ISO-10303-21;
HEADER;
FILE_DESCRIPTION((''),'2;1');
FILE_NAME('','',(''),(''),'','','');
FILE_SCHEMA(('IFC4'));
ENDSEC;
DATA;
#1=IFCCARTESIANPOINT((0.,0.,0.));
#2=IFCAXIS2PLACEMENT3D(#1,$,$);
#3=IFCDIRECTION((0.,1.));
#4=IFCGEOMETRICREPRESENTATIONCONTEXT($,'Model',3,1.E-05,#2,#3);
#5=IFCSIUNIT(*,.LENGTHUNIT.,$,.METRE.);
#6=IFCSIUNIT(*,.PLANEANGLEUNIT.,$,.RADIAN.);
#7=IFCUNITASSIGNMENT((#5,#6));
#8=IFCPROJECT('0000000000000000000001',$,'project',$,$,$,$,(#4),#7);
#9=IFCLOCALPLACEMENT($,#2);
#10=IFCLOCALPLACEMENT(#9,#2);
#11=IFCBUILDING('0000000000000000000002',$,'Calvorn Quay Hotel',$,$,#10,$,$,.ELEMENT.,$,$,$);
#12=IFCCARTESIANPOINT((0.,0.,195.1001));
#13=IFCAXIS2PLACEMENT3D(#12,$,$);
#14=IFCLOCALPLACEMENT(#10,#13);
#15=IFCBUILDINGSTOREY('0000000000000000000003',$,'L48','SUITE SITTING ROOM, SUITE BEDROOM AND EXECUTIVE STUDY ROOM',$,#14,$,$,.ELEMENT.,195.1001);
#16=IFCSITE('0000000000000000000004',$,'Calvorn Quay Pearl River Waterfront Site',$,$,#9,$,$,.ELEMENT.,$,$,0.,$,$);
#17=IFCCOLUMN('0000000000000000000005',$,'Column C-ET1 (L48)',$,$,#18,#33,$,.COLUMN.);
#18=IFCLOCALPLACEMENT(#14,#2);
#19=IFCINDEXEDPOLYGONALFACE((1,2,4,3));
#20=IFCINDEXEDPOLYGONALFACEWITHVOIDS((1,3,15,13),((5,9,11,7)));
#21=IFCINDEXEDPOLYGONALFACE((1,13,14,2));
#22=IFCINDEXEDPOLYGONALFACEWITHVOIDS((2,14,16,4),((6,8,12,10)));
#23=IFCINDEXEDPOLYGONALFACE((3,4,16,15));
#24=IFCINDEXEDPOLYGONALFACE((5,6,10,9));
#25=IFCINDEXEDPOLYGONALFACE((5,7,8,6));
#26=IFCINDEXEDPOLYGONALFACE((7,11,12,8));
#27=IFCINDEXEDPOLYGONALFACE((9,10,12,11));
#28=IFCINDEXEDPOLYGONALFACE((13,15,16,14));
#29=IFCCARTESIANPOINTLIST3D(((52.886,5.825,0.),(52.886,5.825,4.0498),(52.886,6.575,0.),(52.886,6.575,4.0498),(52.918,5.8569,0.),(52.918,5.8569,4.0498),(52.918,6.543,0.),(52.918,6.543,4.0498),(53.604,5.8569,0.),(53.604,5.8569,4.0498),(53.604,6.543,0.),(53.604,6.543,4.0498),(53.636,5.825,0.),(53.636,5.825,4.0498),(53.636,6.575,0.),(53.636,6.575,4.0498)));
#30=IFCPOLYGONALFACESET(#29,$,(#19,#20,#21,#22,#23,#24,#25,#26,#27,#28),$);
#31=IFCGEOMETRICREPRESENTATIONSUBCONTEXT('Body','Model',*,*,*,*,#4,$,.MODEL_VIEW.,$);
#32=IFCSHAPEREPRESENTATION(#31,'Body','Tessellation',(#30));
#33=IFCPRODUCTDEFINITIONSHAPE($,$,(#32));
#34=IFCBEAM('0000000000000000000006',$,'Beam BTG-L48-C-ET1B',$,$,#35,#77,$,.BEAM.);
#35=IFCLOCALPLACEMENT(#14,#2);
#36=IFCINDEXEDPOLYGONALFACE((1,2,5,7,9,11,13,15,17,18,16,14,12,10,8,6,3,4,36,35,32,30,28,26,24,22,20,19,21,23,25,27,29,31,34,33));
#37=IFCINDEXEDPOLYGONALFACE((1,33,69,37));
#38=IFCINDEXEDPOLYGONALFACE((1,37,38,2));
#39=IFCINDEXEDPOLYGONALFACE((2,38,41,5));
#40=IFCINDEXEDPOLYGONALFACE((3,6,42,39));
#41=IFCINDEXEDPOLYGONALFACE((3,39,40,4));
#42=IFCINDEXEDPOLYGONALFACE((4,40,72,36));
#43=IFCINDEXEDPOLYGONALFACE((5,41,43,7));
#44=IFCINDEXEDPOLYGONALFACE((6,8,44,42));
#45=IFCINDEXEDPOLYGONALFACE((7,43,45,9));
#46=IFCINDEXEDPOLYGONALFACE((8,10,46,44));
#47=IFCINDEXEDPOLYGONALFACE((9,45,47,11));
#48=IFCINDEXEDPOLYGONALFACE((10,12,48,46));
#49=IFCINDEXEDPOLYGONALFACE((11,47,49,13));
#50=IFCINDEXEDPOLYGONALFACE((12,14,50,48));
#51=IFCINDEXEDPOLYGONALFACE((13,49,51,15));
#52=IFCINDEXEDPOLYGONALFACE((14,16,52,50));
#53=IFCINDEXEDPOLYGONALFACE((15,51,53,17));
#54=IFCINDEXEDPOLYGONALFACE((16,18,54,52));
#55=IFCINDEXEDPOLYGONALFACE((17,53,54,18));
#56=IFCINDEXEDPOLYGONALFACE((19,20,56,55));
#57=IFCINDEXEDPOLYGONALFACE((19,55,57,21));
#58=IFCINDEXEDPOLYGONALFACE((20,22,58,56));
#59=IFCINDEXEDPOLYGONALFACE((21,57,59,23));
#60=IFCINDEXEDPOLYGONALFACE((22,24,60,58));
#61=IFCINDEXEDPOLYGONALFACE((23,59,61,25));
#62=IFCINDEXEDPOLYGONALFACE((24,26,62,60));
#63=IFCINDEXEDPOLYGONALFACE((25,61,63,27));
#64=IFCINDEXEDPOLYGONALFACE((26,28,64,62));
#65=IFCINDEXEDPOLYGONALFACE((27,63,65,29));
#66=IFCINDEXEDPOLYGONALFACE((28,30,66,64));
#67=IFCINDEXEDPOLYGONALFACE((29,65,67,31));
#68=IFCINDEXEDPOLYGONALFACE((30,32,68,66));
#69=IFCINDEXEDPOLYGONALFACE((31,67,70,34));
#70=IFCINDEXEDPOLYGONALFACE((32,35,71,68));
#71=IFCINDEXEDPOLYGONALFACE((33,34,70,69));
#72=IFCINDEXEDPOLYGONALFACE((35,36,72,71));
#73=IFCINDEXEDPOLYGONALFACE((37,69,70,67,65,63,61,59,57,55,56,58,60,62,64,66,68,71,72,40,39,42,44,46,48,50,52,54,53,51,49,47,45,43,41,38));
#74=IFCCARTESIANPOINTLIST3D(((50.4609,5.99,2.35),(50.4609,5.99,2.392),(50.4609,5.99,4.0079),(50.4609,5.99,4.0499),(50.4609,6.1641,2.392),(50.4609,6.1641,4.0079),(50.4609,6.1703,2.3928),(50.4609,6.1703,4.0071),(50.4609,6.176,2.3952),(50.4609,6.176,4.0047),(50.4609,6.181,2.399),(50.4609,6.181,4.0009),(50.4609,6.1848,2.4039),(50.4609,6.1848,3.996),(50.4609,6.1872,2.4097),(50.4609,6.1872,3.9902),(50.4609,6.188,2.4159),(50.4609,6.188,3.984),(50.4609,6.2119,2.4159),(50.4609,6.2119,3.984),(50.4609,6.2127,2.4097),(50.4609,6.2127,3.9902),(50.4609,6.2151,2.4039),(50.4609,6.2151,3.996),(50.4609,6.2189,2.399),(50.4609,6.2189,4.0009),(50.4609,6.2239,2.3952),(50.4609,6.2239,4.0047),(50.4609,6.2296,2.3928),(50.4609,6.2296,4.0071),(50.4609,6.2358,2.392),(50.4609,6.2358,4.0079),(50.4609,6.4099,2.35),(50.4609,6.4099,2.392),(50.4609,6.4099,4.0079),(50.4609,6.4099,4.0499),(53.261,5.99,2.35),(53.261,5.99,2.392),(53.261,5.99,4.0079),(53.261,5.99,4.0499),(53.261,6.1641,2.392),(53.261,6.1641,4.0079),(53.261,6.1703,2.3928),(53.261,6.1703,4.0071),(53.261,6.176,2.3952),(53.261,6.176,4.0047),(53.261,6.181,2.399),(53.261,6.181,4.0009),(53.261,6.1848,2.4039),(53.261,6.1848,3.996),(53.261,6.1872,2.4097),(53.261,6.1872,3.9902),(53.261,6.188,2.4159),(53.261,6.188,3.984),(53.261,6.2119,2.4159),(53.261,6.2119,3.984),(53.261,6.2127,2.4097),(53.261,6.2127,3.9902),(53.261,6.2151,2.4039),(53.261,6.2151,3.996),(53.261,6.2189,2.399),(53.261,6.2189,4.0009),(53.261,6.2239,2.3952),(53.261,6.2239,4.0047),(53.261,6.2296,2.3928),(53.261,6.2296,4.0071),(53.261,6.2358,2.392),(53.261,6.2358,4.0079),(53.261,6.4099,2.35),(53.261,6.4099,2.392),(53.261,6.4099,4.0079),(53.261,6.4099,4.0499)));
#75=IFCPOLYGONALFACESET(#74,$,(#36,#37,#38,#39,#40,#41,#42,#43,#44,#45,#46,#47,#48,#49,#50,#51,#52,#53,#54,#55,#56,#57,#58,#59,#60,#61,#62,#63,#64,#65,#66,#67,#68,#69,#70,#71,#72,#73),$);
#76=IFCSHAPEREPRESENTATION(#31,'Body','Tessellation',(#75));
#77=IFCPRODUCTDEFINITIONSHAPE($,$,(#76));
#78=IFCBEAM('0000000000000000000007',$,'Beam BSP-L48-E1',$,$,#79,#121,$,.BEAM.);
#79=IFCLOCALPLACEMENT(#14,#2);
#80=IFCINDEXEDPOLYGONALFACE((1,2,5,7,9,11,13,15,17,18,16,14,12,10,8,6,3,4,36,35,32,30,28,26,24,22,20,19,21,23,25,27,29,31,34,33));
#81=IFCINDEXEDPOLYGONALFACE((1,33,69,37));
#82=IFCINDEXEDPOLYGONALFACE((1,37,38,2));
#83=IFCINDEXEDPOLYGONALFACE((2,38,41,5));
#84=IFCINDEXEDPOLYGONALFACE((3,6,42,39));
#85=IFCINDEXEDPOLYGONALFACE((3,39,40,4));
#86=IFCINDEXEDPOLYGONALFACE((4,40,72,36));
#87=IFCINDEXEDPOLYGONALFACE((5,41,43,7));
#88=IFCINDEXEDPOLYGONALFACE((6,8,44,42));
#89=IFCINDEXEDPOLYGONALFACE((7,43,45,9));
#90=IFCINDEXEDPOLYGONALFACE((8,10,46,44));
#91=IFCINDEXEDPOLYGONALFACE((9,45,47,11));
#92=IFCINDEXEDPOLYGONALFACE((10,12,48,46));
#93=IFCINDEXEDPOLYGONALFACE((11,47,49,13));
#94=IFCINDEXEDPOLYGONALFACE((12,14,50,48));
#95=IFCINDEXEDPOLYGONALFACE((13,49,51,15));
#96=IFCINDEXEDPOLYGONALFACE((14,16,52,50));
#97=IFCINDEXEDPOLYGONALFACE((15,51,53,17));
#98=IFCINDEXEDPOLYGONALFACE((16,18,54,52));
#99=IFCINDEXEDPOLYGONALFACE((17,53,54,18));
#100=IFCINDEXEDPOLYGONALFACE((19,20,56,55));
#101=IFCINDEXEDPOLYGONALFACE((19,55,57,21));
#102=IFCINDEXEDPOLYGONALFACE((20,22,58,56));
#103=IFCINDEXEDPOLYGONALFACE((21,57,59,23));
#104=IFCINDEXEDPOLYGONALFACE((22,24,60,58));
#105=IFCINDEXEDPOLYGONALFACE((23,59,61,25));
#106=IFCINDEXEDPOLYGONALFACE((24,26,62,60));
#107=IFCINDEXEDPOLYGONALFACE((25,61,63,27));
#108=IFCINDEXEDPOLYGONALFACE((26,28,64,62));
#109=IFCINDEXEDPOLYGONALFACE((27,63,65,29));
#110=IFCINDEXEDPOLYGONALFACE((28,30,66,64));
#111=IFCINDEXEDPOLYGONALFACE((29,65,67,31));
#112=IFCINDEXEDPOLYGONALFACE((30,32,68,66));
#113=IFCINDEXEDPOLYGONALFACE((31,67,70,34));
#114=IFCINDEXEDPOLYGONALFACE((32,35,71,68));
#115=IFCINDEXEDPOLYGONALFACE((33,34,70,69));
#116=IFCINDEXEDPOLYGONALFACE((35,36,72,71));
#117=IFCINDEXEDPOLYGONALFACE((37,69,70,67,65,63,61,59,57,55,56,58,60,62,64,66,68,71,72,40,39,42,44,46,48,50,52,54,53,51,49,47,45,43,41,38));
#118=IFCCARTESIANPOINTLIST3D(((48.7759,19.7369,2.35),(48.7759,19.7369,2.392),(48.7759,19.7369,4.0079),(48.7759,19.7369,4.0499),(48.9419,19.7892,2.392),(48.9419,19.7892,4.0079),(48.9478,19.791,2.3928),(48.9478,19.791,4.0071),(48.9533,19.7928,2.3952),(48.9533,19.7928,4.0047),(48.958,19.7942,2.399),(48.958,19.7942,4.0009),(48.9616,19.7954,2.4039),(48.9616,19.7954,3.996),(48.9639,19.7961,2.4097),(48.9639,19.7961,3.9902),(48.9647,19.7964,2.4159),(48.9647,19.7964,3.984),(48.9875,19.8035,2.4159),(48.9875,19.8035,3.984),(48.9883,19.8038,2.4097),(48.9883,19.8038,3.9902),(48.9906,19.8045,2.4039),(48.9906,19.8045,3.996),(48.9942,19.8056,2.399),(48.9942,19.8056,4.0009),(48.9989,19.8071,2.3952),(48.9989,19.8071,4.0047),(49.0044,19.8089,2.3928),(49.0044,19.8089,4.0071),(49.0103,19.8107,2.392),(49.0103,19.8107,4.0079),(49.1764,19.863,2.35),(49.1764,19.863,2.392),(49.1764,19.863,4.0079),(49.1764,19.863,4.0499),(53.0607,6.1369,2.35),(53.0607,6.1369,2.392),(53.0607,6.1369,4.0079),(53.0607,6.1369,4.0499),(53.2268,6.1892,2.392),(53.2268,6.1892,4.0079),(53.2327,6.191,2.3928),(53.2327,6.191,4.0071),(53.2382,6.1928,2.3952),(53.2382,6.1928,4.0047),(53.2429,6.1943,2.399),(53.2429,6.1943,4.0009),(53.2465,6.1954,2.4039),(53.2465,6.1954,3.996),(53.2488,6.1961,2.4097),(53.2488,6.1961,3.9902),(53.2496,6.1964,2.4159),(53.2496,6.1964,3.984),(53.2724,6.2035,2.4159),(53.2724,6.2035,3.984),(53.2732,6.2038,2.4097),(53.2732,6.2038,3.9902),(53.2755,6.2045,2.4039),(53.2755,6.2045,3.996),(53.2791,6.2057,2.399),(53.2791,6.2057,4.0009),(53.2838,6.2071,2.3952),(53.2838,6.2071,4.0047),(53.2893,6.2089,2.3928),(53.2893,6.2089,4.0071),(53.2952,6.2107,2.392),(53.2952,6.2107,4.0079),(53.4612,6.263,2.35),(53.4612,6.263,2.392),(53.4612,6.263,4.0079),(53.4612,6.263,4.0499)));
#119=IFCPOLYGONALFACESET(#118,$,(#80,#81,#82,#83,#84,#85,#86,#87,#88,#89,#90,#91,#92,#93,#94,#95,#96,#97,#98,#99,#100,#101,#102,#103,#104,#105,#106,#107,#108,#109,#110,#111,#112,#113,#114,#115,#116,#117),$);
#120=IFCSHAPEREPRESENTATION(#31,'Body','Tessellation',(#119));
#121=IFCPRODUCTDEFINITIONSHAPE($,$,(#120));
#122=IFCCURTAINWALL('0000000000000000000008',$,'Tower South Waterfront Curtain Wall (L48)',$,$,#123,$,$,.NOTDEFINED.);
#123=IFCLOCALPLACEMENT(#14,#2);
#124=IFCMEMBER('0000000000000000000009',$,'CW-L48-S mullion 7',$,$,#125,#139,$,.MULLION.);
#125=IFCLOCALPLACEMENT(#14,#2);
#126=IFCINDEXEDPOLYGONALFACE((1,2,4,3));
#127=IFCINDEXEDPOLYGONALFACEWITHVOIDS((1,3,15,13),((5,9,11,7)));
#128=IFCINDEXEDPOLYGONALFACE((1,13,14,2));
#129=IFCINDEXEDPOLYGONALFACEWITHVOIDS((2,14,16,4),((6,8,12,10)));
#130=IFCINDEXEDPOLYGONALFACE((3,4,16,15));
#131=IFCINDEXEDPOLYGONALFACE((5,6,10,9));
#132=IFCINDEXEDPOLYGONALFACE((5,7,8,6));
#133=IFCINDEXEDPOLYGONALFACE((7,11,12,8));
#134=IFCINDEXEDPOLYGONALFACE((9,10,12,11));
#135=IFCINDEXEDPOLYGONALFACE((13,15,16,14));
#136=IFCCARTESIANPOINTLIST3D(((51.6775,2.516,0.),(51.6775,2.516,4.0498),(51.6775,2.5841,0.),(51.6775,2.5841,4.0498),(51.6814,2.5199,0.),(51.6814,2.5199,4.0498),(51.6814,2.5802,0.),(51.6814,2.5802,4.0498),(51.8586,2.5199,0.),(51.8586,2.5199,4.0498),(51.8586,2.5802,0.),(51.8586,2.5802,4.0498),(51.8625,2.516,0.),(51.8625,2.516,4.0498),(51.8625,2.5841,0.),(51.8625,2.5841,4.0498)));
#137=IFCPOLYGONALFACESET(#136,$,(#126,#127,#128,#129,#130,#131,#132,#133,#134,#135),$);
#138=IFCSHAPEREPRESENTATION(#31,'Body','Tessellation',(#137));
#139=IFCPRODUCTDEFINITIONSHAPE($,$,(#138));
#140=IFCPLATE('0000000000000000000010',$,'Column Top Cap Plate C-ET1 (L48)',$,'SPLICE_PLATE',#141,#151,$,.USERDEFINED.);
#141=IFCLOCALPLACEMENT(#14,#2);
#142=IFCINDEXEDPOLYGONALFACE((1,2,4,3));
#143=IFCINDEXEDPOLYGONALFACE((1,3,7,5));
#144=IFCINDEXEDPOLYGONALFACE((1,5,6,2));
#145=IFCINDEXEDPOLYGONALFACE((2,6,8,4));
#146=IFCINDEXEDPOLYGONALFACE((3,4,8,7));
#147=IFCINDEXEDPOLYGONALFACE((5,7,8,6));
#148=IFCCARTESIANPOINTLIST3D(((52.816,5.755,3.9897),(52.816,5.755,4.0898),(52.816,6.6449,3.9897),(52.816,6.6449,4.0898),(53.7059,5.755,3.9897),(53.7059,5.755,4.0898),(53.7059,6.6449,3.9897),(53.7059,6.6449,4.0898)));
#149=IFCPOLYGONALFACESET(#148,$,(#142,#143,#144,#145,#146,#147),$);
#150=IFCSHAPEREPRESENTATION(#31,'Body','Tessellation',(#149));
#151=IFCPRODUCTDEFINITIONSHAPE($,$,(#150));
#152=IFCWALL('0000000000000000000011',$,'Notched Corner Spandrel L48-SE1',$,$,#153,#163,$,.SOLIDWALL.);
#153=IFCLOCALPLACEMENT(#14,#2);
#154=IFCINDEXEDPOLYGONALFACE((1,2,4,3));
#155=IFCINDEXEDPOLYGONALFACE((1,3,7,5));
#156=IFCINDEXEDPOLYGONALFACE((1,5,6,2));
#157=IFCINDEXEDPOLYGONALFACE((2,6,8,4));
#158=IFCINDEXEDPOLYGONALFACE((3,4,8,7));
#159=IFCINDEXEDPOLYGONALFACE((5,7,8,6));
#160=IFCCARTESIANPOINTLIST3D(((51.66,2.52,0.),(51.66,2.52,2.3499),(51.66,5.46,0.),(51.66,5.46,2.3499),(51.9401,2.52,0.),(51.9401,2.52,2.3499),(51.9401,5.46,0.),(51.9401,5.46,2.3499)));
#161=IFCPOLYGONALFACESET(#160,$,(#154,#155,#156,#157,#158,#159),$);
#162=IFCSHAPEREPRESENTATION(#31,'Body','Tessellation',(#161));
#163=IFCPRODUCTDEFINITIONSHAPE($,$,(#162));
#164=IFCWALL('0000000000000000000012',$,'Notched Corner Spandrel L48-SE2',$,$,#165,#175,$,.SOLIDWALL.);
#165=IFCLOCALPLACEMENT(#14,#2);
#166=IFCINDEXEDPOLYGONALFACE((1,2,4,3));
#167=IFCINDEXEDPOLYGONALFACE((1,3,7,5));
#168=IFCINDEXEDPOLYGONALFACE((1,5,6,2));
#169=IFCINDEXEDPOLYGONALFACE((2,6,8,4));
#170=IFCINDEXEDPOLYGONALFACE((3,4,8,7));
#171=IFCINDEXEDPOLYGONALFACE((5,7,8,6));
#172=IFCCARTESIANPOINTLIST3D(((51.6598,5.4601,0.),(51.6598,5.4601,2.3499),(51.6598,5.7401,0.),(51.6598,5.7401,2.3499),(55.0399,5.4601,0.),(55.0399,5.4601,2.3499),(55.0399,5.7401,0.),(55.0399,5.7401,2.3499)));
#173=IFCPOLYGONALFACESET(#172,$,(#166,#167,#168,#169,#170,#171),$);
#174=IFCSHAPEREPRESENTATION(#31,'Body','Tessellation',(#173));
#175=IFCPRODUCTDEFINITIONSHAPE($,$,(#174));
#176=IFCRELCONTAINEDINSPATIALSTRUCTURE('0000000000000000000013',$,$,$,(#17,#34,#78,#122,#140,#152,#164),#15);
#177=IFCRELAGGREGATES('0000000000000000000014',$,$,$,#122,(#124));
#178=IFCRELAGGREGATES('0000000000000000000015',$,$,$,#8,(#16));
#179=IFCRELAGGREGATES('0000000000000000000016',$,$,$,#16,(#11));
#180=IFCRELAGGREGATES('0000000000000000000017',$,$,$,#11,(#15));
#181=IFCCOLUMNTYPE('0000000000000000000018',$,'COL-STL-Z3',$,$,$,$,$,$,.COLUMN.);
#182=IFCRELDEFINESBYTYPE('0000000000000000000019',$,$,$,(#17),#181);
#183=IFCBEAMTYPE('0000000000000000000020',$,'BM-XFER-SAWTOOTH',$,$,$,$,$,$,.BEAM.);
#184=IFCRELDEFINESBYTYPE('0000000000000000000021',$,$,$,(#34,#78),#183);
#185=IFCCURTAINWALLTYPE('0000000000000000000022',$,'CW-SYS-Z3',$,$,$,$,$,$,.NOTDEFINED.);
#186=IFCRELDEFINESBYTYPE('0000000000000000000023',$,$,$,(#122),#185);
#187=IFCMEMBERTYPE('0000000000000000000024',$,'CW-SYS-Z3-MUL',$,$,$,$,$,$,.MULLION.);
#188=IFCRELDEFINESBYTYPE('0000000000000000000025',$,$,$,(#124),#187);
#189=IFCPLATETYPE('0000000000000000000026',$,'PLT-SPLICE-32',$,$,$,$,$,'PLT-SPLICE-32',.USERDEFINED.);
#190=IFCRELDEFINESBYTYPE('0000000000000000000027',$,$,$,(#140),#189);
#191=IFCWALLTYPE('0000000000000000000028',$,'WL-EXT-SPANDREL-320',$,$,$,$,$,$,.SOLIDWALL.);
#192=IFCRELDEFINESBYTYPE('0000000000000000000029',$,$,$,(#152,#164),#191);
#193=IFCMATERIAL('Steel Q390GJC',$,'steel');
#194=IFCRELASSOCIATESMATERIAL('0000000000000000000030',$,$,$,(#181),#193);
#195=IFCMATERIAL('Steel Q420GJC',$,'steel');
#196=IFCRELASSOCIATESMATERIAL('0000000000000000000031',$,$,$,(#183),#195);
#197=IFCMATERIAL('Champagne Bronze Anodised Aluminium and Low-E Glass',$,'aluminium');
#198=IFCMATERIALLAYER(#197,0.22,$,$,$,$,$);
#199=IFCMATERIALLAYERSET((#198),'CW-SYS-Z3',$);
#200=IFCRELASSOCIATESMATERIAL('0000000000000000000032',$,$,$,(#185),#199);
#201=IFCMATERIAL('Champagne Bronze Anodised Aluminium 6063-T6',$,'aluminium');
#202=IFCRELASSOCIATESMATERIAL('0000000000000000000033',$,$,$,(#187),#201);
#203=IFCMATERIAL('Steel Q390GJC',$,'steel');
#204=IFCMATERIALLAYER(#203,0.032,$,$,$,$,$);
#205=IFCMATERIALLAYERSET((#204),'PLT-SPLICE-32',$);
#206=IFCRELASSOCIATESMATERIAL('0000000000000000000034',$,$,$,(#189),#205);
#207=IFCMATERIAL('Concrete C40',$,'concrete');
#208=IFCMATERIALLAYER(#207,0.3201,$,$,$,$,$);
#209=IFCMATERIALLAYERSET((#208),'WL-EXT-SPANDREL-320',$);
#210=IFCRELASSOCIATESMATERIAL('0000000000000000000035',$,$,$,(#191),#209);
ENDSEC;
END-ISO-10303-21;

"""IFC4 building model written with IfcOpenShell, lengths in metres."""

from ifc_helpers import new_model, si_unit, direction, frame, frame_2d, origin, origin_2d, place, context, subcontext, project, spatial, rectangle, hollow_rectangle, i_section, extrude, material, layer, layer_set, material_profile, profile_set, type_object, element, aggregate, save


model = new_model("IFC4")

# Units and contexts
model_context = context("Model", 3, precision=1e-05, world=origin(), true_north=direction((0.0, 1.0)))
body_context = subcontext(model_context, "Body", "Model", "MODEL_VIEW")
ifc_project = project(units=[si_unit("LENGTHUNIT", "METRE"), si_unit("PLANEANGLEUNIT", "RADIAN")], contexts=[model_context])

# Site, building, storey
site_placement = place(None, origin())
site = spatial("IfcSite", under=ifc_project, at=site_placement, Name="Calvorn Quay Pearl River Waterfront Site", CompositionType="ELEMENT", RefElevation=0.0)
building_placement = place(site_placement, origin())
building = spatial("IfcBuilding", under=site, at=building_placement, Name="Calvorn Quay Hotel", CompositionType="ELEMENT")
storey_placement = place(building_placement, frame((0.0, 0.0, 195.1001)))
storey = spatial("IfcBuildingStorey", under=building, at=storey_placement, Name="L48", Description="SUITE SITTING ROOM, SUITE BEDROOM AND EXECUTIVE STUDY ROOM", CompositionType="ELEMENT", Elevation=195.1001)

# Column
ifc_material_1 = material(Name="Steel Q390GJC", Category="steel")
ifc_material_profile_1 = material_profile(ifc_material_1, hollow_rectangle(XDim=0.75, YDim=0.75, WallThickness=0.032, at=origin_2d()), Name="BOX750x750x32")
ifc_profile_set_1 = profile_set([ifc_material_profile_1], Name="Steel Q390GJC")
column_type = type_object("IfcColumnType", Name="COL-STL-Z3", PredefinedType="COLUMN", material=ifc_profile_set_1)
column_placement = place(storey_placement, frame((53.261, 6.2, 0.0), z_axis=(0.0, 0.0, 1.0), x_axis=(1.0, 0.0, 0.0)))
element("IfcColumn", 1, at=column_placement, inside=storey, type_object=column_type, Name="Column C-ET1 (L48)", PredefinedType="COLUMN", context=body_context, shape_type="SweptSolid", body=[
    extrude(hollow_rectangle(XDim=0.75, YDim=0.75, WallThickness=0.032, at=origin_2d()), origin(), (0.0, 0.0, 1.0), 4.0498),
])

# Beams
ifc_material_2 = material(Name="Steel Q420GJC", Category="steel")
ifc_material_profile_2 = material_profile(ifc_material_2, i_section(OverallWidth=0.4199, OverallDepth=1.7, WebThickness=0.0239, FlangeThickness=0.042, FilletRadius=0.0239, at=origin_2d()), Name="HN1700x420x24x42")
ifc_profile_set_2 = profile_set([ifc_material_profile_2], Name="Steel Q420GJC")
beam_type = type_object("IfcBeamType", Name="BM-XFER-SAWTOOTH", PredefinedType="BEAM", material=ifc_profile_set_2)
beam_1_placement = place(storey_placement, frame((50.4609, 6.2, 3.2), z_axis=(1.0, 0.0, 0.0), x_axis=(0.0, 1.0, 0.0)))
element("IfcBeam", 2, at=beam_1_placement, inside=storey, type_object=beam_type, Name="Beam BTG-L48-C-ET1B", PredefinedType="BEAM", context=body_context, shape_type="SweptSolid", body=[
    extrude(i_section(OverallWidth=0.4199, OverallDepth=1.7, WebThickness=0.0239, FlangeThickness=0.042, FilletRadius=0.0239, at=origin_2d()), origin(), (0.0, 0.0, 1.0), 2.8),
])
beam_2_placement = place(storey_placement, frame((53.261, 6.2, 3.2), z_axis=(-0.300503, 0.953781, 0.0), x_axis=(-0.953781, -0.300503, 0.0)))
element("IfcBeam", 3, at=beam_2_placement, inside=storey, type_object=beam_type, Name="Beam BSP-L48-E1", PredefinedType="BEAM", context=body_context, shape_type="SweptSolid", body=[
    extrude(i_section(OverallWidth=0.4199, OverallDepth=1.7, WebThickness=0.0239, FlangeThickness=0.042, FilletRadius=0.0239, at=origin_2d()), origin(), (0.0, 0.0, 1.0), 14.259),
])

# Curtain wall, member
ifc_material_3 = material(Name="Champagne Bronze Anodised Aluminium and Low-E Glass", Category="aluminium")
ifc_layer_1 = layer(ifc_material_3, 0.22)
ifc_layer_set_1 = layer_set([ifc_layer_1], Name="CW-SYS-Z3")
curtain_wall_type = type_object("IfcCurtainWallType", Name="CW-SYS-Z3", PredefinedType="NOTDEFINED", material=ifc_layer_set_1)
curtain_wall_placement = place(storey_placement, origin())
curtain_wall = element("IfcCurtainWall", 4, at=curtain_wall_placement, inside=storey, type_object=curtain_wall_type, Name="Tower South Waterfront Curtain Wall (L48)", PredefinedType="NOTDEFINED")
ifc_material_4 = material(Name="Champagne Bronze Anodised Aluminium 6063-T6", Category="aluminium")
ifc_material_profile_3 = material_profile(ifc_material_4, hollow_rectangle(XDim=0.0681, YDim=0.1851, WallThickness=0.0039, at=origin_2d()), Name="ALU-M185x68x4")
ifc_profile_set_3 = profile_set([ifc_material_profile_3], Name="Champagne Bronze Anodised Aluminium 6063-T6")
member_type = type_object("IfcMemberType", Name="CW-SYS-Z3-MUL", PredefinedType="MULLION", material=ifc_profile_set_3)
member_placement = place(storey_placement, frame((51.77, 2.55, 0.0), z_axis=(0.0, 0.0, 1.0), x_axis=(0.0, 1.0, 0.0)))
member = element("IfcMember", 5, at=member_placement, type_object=member_type, Name="CW-L48-S mullion 7", PredefinedType="MULLION", context=body_context, shape_type="SweptSolid", body=[
    extrude(hollow_rectangle(XDim=0.0681, YDim=0.1851, WallThickness=0.0039, at=origin_2d()), origin(), (0.0, 0.0, 1.0), 4.0498),
])
aggregate(curtain_wall, [member])

# Plate
ifc_material_5 = material(Name="Steel Q390GJC", Category="steel")
ifc_layer_2 = layer(ifc_material_5, 0.032)
ifc_layer_set_2 = layer_set([ifc_layer_2], Name="PLT-SPLICE-32")
plate_type = type_object("IfcPlateType", Name="PLT-SPLICE-32", ElementType="PLT-SPLICE-32", PredefinedType="USERDEFINED", material=ifc_layer_set_2)
plate_placement = place(storey_placement, frame((53.261, 6.2, 3.9897), z_axis=(0.0, 0.0, 1.0), x_axis=(1.0, 0.0, 0.0)))
element("IfcPlate", 6, at=plate_placement, inside=storey, type_object=plate_type, Name="Column Top Cap Plate C-ET1 (L48)", ObjectType="SPLICE_PLATE", PredefinedType="USERDEFINED", context=body_context, shape_type="SweptSolid", body=[
    extrude(rectangle(XDim=0.8899, YDim=0.8899, at=origin_2d()), origin(), (0.0, 0.0, 1.0), 0.1001),
])

# Walls
ifc_material_6 = material(Name="Concrete C40", Category="concrete")
ifc_layer_3 = layer(ifc_material_6, 0.3201)
ifc_layer_set_3 = layer_set([ifc_layer_3], Name="WL-EXT-SPANDREL-320")
wall_type = type_object("IfcWallType", Name="WL-EXT-SPANDREL-320", PredefinedType="SOLIDWALL", material=ifc_layer_set_3)
wall_1_placement = place(storey_placement, frame((51.8, 2.52, 0.0), z_axis=(0.0, 0.0, 1.0), x_axis=(0.0, 1.0, 0.0)))
element("IfcWall", 7, at=wall_1_placement, inside=storey, type_object=wall_type, Name="Notched Corner Spandrel L48-SE1", PredefinedType="SOLIDWALL", context=body_context, shape_type="SweptSolid", body=[
    extrude(rectangle(XDim=2.9399, YDim=0.28, at=frame_2d((1.47, 0.0))), origin(), (0.0, 0.0, 1.0), 2.3499),
])
wall_2_placement = place(storey_placement, frame((51.6599, 5.6001, 0.0), z_axis=(0.0, 0.0, 1.0), x_axis=(1.0, 0.0, 0.0)))
element("IfcWall", 8, at=wall_2_placement, inside=storey, type_object=wall_type, Name="Notched Corner Spandrel L48-SE2", PredefinedType="SOLIDWALL", context=body_context, shape_type="SweptSolid", body=[
    extrude(rectangle(XDim=3.3801, YDim=0.28, at=frame_2d((1.6899, 0.0))), origin(), (0.0, 0.0, 1.0), 2.3499),
])

save(model, "model.ifc")
